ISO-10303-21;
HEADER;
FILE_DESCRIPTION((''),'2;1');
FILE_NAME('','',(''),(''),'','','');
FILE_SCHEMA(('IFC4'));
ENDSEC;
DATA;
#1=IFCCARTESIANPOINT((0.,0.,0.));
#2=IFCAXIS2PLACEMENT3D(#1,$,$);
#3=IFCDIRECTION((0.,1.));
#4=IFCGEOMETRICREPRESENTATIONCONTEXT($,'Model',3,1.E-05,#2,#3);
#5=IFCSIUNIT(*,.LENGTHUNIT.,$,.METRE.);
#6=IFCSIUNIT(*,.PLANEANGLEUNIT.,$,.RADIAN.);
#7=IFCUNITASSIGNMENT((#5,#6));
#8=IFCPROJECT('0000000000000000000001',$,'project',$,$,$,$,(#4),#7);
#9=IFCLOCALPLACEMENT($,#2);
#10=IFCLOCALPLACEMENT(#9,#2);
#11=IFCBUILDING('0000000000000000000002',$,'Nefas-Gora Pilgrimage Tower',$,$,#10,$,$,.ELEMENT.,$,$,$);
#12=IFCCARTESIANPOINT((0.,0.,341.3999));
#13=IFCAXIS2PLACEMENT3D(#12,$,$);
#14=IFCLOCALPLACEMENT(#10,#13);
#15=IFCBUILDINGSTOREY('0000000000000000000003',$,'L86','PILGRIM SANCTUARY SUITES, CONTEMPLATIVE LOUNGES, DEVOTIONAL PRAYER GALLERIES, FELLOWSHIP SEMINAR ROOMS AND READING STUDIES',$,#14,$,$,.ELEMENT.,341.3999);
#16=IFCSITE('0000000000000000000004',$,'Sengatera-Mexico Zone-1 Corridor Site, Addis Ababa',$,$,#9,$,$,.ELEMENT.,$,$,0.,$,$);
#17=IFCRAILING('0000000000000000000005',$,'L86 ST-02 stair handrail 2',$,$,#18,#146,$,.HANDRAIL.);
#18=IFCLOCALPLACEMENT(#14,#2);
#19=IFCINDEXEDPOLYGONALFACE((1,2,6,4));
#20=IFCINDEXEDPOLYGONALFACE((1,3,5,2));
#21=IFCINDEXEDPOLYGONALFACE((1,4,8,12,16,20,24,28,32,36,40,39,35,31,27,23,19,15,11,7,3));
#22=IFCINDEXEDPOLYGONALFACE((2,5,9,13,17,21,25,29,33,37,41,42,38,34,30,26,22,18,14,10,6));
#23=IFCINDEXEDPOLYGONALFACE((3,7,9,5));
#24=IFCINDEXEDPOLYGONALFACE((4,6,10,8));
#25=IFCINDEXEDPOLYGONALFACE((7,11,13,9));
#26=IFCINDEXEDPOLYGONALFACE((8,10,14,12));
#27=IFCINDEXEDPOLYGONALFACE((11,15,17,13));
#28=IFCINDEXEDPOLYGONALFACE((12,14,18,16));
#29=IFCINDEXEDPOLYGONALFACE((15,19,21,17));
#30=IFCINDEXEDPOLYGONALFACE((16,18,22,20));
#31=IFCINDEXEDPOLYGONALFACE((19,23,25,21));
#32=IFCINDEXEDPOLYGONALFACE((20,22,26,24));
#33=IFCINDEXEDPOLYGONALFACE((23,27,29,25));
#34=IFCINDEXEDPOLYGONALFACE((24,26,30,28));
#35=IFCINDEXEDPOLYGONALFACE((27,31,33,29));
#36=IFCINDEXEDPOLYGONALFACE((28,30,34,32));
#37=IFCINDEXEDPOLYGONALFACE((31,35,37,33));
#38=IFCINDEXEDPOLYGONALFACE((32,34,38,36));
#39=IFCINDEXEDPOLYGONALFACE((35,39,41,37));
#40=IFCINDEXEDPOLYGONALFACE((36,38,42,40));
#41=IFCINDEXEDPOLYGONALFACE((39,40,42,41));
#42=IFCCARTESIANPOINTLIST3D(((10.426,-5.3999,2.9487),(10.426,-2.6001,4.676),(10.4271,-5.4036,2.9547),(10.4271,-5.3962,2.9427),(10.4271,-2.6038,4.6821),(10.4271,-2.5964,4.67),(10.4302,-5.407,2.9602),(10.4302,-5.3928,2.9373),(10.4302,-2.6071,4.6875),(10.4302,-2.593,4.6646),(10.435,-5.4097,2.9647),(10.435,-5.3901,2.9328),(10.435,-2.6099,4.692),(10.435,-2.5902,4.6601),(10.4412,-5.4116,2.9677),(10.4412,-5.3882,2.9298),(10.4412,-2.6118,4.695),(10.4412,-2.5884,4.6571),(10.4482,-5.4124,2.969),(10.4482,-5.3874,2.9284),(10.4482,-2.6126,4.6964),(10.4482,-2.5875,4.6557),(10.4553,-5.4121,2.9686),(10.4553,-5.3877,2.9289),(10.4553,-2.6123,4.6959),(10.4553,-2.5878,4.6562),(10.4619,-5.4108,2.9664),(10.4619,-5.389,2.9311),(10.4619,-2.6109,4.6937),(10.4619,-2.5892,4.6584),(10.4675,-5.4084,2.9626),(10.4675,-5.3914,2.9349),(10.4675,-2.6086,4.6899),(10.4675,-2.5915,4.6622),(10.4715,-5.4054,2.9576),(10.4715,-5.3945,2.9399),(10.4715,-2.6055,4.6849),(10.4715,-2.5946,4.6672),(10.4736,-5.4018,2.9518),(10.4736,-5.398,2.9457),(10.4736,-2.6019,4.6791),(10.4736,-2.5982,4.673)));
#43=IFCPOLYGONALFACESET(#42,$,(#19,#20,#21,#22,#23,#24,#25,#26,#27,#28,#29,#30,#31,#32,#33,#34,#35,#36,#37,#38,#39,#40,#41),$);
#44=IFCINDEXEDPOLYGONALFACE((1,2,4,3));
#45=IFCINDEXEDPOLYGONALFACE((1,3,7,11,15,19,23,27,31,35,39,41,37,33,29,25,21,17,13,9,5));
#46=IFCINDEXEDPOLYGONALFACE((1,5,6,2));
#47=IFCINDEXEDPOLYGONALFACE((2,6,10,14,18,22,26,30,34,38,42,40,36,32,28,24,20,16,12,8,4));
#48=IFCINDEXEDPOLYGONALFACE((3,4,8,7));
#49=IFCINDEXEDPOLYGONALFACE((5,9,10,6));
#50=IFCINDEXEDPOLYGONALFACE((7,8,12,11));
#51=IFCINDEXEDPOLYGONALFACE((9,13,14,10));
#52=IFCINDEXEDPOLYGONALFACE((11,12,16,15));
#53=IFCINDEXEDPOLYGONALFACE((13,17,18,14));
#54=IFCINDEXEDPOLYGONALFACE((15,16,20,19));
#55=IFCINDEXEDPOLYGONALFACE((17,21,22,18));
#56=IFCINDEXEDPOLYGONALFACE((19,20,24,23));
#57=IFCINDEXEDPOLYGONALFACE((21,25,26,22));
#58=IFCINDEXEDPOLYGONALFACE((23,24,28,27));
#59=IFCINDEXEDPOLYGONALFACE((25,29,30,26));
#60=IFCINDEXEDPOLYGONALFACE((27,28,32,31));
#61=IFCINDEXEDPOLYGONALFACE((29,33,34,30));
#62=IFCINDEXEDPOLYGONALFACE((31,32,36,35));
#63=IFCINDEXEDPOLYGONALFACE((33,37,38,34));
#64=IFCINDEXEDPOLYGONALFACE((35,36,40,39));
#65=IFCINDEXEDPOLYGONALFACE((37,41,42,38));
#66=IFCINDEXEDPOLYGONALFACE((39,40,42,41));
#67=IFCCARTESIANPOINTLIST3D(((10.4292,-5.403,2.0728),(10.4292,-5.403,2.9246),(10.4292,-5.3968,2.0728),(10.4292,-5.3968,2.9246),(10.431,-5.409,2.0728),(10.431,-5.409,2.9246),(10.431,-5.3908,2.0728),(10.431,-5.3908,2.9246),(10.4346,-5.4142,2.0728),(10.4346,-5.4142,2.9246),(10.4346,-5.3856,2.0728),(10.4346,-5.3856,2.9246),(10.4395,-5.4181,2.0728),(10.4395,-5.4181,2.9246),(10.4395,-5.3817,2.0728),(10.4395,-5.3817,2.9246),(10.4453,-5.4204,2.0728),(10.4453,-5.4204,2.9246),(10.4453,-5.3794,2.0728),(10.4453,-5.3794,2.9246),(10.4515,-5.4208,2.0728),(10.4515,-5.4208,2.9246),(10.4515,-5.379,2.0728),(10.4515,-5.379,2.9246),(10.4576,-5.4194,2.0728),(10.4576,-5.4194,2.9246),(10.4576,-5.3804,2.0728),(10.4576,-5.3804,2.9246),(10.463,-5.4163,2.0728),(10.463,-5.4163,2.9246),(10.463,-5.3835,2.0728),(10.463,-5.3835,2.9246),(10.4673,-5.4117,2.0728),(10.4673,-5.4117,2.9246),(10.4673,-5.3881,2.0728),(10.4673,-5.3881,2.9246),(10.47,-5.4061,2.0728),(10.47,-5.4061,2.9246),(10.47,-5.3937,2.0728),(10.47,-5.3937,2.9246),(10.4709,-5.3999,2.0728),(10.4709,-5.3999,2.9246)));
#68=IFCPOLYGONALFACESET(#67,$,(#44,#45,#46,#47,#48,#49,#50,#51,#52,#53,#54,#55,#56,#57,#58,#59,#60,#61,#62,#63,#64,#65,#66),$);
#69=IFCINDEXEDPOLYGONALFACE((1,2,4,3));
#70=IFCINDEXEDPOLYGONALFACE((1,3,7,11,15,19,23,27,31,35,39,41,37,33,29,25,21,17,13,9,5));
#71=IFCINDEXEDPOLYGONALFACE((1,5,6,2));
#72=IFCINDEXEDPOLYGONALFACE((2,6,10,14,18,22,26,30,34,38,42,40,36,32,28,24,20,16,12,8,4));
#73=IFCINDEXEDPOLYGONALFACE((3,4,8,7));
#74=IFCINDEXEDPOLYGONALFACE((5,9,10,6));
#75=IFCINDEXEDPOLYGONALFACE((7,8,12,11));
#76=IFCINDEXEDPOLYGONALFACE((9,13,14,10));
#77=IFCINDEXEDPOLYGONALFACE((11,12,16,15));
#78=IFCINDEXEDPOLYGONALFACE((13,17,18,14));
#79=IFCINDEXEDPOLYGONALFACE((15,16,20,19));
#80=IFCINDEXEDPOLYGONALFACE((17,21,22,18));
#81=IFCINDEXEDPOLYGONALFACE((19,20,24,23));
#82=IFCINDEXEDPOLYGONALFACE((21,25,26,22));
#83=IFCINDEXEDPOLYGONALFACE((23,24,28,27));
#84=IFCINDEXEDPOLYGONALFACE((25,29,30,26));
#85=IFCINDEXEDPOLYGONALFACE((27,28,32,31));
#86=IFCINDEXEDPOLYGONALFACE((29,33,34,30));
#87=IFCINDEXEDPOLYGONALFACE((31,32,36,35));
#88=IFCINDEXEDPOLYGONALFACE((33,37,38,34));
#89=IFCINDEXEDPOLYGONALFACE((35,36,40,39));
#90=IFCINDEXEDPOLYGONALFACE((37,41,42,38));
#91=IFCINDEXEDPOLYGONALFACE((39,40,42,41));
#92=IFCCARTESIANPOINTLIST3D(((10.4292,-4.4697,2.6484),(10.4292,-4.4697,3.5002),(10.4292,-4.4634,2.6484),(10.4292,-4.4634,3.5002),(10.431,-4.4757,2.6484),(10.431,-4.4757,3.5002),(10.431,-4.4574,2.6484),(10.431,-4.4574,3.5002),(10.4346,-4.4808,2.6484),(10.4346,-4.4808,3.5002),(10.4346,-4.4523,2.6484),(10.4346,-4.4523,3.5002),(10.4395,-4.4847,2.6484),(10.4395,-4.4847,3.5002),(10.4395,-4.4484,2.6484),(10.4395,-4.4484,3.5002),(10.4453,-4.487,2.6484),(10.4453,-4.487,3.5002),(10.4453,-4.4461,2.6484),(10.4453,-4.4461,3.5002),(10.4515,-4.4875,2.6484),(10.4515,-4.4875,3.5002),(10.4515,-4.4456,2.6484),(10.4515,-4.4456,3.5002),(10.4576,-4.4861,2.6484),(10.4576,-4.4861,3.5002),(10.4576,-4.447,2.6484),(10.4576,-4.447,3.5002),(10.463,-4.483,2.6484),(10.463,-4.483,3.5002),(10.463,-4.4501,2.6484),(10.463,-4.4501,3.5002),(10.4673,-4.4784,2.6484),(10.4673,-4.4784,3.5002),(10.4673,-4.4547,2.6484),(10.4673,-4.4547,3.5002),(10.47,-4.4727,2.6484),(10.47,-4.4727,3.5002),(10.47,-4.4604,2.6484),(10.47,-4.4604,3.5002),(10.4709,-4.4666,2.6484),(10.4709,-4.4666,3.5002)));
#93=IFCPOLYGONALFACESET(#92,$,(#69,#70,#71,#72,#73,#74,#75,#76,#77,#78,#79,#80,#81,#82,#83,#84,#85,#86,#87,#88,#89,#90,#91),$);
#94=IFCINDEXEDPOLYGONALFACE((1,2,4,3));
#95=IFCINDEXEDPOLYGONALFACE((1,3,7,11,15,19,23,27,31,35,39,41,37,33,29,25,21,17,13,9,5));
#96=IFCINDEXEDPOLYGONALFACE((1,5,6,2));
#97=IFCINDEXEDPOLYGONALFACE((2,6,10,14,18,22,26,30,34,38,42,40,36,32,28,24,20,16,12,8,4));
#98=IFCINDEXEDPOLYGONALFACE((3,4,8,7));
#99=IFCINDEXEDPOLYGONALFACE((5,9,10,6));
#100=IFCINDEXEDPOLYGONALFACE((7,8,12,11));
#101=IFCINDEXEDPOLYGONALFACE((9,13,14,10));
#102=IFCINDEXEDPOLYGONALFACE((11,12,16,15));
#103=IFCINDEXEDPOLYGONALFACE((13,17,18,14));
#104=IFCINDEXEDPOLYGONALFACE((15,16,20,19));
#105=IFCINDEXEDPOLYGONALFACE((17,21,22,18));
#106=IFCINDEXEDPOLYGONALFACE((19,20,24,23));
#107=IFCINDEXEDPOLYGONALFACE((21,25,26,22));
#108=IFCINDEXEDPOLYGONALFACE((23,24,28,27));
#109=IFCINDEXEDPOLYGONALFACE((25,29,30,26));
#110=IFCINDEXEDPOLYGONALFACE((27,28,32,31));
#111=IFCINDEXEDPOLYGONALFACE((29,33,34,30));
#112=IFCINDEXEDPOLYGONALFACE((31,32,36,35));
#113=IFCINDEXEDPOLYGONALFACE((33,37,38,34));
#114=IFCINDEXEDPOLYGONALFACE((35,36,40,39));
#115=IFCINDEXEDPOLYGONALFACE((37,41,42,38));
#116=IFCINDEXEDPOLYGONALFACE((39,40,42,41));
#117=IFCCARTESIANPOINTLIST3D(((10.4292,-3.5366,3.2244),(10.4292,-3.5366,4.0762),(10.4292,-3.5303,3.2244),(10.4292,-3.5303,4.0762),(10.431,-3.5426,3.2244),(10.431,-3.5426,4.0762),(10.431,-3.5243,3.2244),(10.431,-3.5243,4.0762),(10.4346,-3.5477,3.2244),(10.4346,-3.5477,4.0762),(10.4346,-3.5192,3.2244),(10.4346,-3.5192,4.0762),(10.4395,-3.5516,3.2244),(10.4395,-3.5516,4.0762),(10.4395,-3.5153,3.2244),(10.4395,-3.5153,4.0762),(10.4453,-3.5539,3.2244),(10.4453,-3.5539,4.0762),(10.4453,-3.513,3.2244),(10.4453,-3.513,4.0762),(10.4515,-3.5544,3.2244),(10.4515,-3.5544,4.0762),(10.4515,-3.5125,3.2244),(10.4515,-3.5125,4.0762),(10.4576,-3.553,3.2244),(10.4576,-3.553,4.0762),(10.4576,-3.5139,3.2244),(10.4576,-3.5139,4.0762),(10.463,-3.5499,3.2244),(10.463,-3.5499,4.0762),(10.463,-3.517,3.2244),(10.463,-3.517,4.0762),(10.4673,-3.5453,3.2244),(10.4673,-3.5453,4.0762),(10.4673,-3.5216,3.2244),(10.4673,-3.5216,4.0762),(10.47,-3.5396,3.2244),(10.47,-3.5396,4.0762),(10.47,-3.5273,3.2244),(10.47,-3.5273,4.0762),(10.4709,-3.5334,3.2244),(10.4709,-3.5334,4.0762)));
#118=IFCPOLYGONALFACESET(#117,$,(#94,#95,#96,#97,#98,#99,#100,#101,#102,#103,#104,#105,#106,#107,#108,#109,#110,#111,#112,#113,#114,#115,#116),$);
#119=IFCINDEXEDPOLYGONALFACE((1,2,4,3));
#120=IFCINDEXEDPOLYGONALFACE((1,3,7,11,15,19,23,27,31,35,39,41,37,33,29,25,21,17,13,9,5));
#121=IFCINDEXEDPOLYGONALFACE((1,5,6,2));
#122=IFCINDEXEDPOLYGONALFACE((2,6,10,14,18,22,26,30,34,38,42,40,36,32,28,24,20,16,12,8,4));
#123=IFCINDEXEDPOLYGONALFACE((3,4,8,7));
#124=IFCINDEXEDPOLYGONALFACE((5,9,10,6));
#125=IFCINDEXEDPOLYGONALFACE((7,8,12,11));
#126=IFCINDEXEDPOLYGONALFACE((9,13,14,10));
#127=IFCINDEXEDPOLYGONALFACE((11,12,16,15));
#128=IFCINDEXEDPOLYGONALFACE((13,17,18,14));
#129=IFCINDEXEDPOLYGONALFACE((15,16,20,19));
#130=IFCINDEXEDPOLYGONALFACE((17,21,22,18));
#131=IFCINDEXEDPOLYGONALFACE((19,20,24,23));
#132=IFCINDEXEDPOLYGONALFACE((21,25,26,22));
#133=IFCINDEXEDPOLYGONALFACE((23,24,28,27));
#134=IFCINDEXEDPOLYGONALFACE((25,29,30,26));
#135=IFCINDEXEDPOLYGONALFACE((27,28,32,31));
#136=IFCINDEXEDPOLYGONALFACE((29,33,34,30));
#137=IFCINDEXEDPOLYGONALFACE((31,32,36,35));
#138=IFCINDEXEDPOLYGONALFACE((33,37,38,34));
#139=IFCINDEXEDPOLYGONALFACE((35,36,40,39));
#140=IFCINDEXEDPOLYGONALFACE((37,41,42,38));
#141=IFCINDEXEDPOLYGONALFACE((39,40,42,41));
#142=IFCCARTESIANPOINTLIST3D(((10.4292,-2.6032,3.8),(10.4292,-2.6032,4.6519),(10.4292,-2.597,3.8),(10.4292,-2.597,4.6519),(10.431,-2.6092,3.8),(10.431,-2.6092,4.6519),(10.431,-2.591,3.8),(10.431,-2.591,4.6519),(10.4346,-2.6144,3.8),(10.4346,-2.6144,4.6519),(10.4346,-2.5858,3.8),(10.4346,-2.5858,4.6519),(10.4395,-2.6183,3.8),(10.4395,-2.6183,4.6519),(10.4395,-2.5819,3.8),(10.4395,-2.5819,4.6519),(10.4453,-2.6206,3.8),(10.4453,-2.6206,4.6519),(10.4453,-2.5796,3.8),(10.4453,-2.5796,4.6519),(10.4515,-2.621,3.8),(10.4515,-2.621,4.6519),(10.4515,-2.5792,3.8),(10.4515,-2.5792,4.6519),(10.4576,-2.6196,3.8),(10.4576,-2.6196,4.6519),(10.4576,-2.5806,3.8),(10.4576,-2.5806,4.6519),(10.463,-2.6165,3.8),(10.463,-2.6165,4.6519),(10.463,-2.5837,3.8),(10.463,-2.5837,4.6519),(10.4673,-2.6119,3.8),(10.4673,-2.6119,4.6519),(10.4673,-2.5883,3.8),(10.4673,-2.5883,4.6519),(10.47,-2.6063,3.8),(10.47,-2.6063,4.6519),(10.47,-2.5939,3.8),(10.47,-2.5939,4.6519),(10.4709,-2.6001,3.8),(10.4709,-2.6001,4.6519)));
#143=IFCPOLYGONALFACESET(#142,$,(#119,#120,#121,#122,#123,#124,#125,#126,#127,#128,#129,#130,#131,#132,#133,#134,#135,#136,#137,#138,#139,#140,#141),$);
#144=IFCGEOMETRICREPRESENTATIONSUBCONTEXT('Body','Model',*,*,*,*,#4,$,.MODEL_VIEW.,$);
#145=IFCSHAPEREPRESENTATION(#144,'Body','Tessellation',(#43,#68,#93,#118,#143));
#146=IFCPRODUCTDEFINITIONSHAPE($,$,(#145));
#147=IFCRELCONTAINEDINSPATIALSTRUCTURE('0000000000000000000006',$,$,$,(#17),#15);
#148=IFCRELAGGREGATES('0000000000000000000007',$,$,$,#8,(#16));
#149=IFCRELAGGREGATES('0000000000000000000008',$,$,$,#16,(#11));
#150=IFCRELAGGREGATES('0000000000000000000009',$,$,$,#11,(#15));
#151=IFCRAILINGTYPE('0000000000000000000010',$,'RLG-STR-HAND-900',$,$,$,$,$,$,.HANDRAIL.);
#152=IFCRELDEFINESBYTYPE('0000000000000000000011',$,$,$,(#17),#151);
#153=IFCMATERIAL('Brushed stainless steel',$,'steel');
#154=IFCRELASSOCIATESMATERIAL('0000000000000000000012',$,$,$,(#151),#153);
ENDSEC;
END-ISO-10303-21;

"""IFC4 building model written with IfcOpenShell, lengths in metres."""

from ifc_helpers import new_model, si_unit, direction, frame, origin, origin_2d, place, context, subcontext, project, spatial, circle, extrude, material, type_object, element, save


model = new_model("IFC4")

# Units and contexts
model_context = context("Model", 3, precision=1e-05, world=origin(), true_north=direction((0.0, 1.0)))
body_context = subcontext(model_context, "Body", "Model", "MODEL_VIEW")
ifc_project = project(units=[si_unit("LENGTHUNIT", "METRE"), si_unit("PLANEANGLEUNIT", "RADIAN")], contexts=[model_context])

# Site, building, storey
site_placement = place(None, origin())
site = spatial("IfcSite", under=ifc_project, at=site_placement, Name="Sengatera-Mexico Zone-1 Corridor Site, Addis Ababa", CompositionType="ELEMENT", RefElevation=0.0)
building_placement = place(site_placement, origin())
building = spatial("IfcBuilding", under=site, at=building_placement, Name="Nefas-Gora Pilgrimage Tower", CompositionType="ELEMENT")
storey_placement = place(building_placement, frame((0.0, 0.0, 341.3999)))
storey = spatial("IfcBuildingStorey", under=building, at=storey_placement, Name="L86", Description="PILGRIM SANCTUARY SUITES, CONTEMPLATIVE LOUNGES, DEVOTIONAL PRAYER GALLERIES, FELLOWSHIP SEMINAR ROOMS AND READING STUDIES", CompositionType="ELEMENT", Elevation=341.3999)

# Railing
ifc_material_1 = material(Name="Brushed stainless steel", Category="steel")
railing_type_1 = type_object("IfcRailingType", Name="RLG-STR-HAND-900", PredefinedType="HANDRAIL", material=ifc_material_1)
railing_1_placement = place(storey_placement, frame((10.45, -5.3999, 2.0728)))
element("IfcRailing", 1, at=railing_1_placement, inside=storey, type_object=railing_type_1, Name="L86 ST-02 stair handrail 2", PredefinedType="HANDRAIL", context=body_context, shape_type="SweptSolid", body=[
    extrude(circle(Radius=0.0239, at=origin_2d()), frame((0.0, 0.0, 0.876), z_axis=(0.0, 0.851069, 0.525054), x_axis=(-1.0, 0.0, 0.0)), (0.0, 0.0, 1.0), 3.2898),
    extrude(circle(Radius=0.021, at=origin_2d()), origin(), (0.0, 0.0, 1.0), 0.8518),
    extrude(circle(Radius=0.021, at=origin_2d()), frame((0.0, 0.9333, 0.5757)), (0.0, 0.0, 1.0), 0.8518),
    extrude(circle(Radius=0.021, at=origin_2d()), frame((0.0, 1.8665, 1.1516)), (0.0, 0.0, 1.0), 0.8518),
    extrude(circle(Radius=0.021, at=origin_2d()), frame((0.0, 2.7998, 1.7273)), (0.0, 0.0, 1.0), 0.8518),
])

save(model, "model.ifc")
